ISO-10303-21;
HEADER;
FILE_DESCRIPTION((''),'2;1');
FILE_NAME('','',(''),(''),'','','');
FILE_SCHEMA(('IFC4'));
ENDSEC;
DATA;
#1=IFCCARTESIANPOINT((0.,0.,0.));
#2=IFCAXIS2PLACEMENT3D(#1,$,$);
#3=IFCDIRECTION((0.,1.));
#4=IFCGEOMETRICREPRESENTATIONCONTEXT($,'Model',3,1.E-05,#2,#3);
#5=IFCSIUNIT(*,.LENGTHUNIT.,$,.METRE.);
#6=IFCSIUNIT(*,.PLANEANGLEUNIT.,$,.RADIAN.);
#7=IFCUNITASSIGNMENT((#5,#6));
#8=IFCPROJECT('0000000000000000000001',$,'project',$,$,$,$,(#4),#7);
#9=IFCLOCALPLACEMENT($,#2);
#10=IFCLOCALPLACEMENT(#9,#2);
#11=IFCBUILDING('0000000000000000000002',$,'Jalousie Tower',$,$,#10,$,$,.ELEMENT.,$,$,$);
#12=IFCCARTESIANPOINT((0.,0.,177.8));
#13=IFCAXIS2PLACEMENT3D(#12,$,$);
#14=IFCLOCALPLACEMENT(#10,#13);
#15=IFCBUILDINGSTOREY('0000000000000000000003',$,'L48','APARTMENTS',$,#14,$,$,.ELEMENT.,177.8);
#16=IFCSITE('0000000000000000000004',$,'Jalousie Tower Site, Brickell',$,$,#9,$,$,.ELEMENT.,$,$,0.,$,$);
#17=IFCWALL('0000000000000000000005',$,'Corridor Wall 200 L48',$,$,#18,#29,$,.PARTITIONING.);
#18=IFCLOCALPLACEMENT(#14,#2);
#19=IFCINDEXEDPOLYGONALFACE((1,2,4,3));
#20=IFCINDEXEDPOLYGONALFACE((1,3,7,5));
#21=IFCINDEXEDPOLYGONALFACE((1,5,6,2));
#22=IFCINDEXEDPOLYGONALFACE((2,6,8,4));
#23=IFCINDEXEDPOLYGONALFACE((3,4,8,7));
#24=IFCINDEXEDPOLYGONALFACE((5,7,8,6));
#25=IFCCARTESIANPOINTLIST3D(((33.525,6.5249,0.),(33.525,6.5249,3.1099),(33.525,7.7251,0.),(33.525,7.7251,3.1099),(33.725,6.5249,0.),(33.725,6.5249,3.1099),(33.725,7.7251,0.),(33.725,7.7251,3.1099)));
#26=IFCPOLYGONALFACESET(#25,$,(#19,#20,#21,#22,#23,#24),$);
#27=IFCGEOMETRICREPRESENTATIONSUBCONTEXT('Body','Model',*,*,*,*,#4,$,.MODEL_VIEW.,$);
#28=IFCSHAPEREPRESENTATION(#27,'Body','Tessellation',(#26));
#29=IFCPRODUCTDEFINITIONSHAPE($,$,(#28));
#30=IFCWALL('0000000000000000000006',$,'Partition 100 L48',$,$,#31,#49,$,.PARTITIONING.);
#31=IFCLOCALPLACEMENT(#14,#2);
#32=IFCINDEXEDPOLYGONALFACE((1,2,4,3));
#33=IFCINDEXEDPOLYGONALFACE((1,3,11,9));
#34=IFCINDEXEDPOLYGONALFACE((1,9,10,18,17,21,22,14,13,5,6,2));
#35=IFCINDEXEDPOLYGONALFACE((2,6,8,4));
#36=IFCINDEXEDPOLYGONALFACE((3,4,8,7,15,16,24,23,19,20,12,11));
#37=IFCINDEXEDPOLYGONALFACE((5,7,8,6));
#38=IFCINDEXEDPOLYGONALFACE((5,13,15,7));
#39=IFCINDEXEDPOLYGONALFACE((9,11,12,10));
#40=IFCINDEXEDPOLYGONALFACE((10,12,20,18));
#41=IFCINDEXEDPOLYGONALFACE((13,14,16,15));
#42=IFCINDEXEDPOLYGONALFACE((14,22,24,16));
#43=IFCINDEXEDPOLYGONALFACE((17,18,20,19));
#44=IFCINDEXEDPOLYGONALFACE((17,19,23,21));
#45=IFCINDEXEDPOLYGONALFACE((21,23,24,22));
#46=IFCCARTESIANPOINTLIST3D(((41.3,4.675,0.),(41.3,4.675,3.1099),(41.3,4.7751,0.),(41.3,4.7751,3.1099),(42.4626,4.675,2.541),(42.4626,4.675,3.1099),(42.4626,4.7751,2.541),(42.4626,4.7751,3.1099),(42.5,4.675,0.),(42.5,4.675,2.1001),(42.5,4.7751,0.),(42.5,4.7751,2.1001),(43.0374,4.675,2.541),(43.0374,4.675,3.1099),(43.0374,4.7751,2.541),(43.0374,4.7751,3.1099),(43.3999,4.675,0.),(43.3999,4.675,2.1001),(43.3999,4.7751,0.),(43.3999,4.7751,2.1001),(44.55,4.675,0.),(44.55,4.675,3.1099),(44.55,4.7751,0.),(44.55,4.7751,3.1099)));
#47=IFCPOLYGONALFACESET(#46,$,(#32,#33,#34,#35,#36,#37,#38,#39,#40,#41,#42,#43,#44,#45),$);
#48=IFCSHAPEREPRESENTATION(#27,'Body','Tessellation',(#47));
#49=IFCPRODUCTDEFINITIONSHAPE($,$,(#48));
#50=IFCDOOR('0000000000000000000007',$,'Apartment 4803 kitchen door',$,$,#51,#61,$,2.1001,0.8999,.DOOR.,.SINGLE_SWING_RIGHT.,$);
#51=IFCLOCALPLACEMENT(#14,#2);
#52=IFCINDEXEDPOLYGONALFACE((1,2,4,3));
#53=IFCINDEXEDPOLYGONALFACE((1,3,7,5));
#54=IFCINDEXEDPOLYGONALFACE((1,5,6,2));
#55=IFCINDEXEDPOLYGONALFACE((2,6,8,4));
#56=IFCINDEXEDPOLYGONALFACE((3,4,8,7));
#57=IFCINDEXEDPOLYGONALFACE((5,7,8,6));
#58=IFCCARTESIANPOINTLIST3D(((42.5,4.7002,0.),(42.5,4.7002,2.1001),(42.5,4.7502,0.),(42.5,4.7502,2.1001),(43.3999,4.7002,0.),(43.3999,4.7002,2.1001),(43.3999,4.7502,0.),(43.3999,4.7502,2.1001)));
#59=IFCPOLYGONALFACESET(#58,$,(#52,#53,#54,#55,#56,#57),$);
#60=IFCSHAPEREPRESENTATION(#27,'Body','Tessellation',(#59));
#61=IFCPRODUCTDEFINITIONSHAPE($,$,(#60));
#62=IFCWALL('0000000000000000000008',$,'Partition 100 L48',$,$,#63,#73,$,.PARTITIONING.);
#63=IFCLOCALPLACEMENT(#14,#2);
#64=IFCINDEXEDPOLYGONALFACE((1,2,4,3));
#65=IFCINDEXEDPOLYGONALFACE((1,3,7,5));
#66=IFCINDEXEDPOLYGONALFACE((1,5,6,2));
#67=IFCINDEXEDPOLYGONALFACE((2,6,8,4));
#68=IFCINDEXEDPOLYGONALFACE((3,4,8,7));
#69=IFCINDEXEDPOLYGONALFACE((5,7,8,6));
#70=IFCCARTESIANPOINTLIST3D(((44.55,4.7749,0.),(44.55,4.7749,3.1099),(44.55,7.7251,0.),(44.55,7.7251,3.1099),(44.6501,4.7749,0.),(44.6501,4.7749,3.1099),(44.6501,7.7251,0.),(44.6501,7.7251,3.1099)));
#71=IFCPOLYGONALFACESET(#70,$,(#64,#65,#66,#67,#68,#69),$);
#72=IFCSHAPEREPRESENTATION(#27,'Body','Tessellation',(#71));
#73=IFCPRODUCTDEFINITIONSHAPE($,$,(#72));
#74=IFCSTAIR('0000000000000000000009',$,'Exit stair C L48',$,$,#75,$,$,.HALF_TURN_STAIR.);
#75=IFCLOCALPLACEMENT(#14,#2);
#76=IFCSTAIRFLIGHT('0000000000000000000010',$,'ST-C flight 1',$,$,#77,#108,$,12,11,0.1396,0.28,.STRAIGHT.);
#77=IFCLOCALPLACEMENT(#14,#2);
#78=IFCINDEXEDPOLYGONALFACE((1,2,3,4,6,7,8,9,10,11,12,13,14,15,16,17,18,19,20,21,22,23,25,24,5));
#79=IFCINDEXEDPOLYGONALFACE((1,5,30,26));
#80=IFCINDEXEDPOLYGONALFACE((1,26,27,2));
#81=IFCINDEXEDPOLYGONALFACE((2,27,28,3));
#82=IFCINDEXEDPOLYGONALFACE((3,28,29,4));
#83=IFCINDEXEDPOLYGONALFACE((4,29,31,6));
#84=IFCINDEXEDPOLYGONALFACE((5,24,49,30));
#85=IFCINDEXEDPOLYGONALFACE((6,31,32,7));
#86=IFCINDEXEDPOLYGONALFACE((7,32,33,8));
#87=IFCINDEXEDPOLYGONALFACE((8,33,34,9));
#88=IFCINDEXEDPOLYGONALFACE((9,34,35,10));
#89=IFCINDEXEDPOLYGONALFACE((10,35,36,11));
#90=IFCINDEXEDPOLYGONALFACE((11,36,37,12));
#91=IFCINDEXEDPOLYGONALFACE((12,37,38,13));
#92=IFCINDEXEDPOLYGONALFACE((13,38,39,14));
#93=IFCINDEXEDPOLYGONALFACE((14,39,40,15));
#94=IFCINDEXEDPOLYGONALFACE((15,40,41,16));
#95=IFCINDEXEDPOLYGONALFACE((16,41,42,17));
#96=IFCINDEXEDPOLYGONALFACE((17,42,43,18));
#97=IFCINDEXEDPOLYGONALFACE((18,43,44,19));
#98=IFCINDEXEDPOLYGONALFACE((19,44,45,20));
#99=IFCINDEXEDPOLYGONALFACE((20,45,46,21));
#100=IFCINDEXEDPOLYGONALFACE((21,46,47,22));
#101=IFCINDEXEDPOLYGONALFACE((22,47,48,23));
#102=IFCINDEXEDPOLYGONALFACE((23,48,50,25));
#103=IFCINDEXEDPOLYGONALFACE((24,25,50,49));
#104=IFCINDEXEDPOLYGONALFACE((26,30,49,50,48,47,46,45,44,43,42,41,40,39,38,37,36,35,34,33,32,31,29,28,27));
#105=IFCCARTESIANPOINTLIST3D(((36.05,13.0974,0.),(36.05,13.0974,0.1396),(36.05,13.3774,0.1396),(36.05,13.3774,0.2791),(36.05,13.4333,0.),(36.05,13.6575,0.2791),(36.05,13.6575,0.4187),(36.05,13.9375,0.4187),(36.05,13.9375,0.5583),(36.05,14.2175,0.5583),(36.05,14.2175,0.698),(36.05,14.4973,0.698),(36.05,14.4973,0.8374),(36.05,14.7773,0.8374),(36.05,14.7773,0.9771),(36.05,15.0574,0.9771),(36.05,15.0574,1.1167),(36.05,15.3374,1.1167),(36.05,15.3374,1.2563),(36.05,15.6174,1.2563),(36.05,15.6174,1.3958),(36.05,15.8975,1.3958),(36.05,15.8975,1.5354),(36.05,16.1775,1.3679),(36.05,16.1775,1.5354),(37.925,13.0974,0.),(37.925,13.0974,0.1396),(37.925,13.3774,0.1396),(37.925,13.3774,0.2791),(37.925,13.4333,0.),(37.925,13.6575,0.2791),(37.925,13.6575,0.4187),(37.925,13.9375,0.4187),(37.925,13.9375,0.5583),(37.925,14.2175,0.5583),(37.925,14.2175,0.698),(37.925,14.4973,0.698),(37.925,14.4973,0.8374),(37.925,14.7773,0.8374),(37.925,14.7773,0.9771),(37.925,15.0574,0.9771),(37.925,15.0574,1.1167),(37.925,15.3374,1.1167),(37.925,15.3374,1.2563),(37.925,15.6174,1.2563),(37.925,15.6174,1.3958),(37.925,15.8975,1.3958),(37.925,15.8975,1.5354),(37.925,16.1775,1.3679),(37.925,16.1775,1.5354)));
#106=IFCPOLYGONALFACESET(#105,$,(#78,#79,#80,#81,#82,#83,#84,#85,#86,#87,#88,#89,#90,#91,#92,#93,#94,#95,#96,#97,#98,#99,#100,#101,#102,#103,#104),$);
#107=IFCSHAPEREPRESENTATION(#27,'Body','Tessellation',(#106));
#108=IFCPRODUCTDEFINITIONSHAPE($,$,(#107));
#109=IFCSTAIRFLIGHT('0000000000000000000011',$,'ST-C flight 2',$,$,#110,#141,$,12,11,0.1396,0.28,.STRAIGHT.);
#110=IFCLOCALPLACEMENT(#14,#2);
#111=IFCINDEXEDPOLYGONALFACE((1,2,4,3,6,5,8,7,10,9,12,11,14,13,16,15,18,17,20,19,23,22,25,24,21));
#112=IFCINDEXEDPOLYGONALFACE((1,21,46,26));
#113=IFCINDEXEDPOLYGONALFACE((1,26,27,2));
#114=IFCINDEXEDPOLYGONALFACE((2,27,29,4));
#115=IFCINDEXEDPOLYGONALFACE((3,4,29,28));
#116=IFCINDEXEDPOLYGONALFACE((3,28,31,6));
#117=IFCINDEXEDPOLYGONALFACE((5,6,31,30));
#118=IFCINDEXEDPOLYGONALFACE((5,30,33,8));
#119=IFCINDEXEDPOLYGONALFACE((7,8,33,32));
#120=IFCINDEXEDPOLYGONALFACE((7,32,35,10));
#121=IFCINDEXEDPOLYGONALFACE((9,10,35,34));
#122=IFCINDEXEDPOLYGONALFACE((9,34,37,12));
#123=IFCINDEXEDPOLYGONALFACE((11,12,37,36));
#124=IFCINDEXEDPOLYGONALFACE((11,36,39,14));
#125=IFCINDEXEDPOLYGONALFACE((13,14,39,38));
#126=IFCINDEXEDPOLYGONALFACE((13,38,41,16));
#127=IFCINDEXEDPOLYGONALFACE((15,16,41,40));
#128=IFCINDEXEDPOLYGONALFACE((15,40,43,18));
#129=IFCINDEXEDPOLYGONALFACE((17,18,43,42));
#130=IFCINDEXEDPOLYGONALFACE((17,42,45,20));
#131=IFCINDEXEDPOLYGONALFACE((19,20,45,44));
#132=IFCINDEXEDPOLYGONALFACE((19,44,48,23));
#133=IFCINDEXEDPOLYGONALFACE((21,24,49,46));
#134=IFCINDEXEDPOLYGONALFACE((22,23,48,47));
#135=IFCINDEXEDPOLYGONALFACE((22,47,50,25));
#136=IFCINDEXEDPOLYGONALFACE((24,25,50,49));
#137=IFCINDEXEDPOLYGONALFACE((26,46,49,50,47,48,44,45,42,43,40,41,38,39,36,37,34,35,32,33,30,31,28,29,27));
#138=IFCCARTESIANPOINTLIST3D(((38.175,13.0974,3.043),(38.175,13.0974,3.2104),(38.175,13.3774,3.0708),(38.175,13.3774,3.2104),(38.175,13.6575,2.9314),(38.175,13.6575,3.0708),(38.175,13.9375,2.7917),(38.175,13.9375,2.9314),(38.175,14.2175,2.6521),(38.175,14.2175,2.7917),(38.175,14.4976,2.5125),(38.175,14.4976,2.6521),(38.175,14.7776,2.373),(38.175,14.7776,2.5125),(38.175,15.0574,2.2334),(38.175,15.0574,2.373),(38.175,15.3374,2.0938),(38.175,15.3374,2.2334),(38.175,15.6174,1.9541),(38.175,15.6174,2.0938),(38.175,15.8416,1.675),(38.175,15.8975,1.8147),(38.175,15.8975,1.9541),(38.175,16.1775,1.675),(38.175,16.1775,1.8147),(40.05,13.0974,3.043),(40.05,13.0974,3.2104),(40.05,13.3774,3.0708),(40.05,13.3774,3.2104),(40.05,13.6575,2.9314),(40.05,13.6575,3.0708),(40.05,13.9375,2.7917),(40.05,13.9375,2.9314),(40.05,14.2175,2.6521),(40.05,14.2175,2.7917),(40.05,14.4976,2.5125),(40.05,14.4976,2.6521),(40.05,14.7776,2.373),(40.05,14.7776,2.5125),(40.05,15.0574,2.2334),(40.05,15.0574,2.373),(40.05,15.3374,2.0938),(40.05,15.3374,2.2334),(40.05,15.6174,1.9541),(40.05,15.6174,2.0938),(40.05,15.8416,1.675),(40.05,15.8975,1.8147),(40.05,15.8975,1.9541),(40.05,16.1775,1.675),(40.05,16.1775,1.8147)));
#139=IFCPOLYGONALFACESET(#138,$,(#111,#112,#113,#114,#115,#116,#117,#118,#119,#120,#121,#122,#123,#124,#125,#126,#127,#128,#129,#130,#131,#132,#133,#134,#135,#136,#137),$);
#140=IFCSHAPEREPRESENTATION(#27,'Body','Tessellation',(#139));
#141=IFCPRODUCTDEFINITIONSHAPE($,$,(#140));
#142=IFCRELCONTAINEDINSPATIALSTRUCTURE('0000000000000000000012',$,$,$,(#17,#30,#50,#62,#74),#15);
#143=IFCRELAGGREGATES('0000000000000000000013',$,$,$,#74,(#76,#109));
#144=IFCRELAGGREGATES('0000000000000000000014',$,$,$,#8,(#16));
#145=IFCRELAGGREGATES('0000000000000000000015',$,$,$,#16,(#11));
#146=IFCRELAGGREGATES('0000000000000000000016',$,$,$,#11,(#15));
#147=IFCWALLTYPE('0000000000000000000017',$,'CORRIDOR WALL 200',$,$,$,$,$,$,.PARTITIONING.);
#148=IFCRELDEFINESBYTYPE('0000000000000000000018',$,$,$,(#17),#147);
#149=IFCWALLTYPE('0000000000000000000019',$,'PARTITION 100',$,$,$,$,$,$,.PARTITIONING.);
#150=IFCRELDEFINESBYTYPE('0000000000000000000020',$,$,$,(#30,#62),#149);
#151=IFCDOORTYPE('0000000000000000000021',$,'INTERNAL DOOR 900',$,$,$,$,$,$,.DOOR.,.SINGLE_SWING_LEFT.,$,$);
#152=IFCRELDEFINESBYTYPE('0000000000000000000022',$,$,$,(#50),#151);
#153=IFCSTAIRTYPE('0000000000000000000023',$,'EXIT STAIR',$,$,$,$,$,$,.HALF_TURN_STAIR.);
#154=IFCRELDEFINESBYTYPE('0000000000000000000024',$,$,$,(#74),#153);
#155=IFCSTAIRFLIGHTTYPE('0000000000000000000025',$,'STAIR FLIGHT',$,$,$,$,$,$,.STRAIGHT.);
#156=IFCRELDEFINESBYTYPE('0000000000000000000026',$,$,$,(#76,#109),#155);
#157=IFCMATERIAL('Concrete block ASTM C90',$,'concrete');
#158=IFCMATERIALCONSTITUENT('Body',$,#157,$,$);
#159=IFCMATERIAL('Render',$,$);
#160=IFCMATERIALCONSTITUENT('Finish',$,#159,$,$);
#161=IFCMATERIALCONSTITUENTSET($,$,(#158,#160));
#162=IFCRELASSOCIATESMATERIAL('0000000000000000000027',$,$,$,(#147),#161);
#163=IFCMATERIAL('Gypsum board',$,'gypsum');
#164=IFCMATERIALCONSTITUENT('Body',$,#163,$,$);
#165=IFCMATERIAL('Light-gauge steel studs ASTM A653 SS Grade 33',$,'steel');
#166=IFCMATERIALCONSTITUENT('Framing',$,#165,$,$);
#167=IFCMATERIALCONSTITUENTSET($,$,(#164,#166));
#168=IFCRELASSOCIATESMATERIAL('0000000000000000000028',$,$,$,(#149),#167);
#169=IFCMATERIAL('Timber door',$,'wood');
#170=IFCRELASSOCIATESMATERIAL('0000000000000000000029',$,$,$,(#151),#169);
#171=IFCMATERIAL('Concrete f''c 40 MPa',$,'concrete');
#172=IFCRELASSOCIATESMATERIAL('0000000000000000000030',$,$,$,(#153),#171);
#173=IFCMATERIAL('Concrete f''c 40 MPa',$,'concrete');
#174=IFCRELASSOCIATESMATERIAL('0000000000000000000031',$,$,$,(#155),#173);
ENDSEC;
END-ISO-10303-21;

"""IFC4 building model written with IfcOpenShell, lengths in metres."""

from ifc_helpers import new_model, si_unit, direction, frame, frame_2d, origin, place, context, subcontext, project, spatial, polyline, rectangle, outline, extrude, material, constituent, constituent_set, type_object, element, fill, aggregate, save


model = new_model("IFC4")

# Units and contexts
model_context = context("Model", 3, precision=1e-05, world=origin(), true_north=direction((0.0, 1.0)))
body_context = subcontext(model_context, "Body", "Model", "MODEL_VIEW")
ifc_project = project(units=[si_unit("LENGTHUNIT", "METRE"), si_unit("PLANEANGLEUNIT", "RADIAN")], contexts=[model_context])

# Site, building, storey
site_placement = place(None, origin())
site = spatial("IfcSite", under=ifc_project, at=site_placement, Name="Jalousie Tower Site, Brickell", CompositionType="ELEMENT", RefElevation=0.0)
building_placement = place(site_placement, origin())
building = spatial("IfcBuilding", under=site, at=building_placement, Name="Jalousie Tower", CompositionType="ELEMENT")
storey_placement = place(building_placement, frame((0.0, 0.0, 177.8)))
storey = spatial("IfcBuildingStorey", under=building, at=storey_placement, Name="L48", Description="APARTMENTS", CompositionType="ELEMENT", Elevation=177.8)

# Shared definitions
ifc_material_1 = material(Name="Concrete block ASTM C90", Category="concrete")
ifc_constituent_1 = constituent(ifc_material_1, Name="Body")
ifc_material_2 = material(Name="Render")
ifc_constituent_2 = constituent(ifc_material_2, Name="Finish")
ifc_constituent_set_1 = constituent_set(constituents=[ifc_constituent_1, ifc_constituent_2])
wall_type_1 = type_object("IfcWallType", Name="CORRIDOR WALL 200", PredefinedType="PARTITIONING", material=ifc_constituent_set_1)

# Wall
wall_1_placement = place(storey_placement, frame((33.625, 7.7251, 0.0), z_axis=(0.0, 0.0, 1.0), x_axis=(0.0, -1.0, 0.0)))
element("IfcWall", 1, at=wall_1_placement, inside=storey, type_object=wall_type_1, Name="Corridor Wall 200 L48", PredefinedType="PARTITIONING", context=body_context, shape_type="SweptSolid", body=[
    extrude(rectangle(XDim=1.2002, YDim=0.2, at=frame_2d((0.6001, 0.0))), origin(), (0.0, 0.0, 1.0), 3.1099),
])

# Wall, opening, door
ifc_material_3 = material(Name="Gypsum board", Category="gypsum")
ifc_constituent_3 = constituent(ifc_material_3, Name="Body")
ifc_material_4 = material(Name="Light-gauge steel studs ASTM A653 SS Grade 33", Category="steel")
ifc_constituent_4 = constituent(ifc_material_4, Name="Framing")
ifc_constituent_set_2 = constituent_set(constituents=[ifc_constituent_3, ifc_constituent_4])
wall_type_2 = type_object("IfcWallType", Name="PARTITION 100", PredefinedType="PARTITIONING", material=ifc_constituent_set_2)
wall_2_placement = place(storey_placement, frame((41.3, 4.7251, 0.0), z_axis=(0.0, 0.0, 1.0), x_axis=(1.0, 0.0, 0.0)))
wall_2 = element("IfcWall", 2, at=wall_2_placement, inside=storey, type_object=wall_type_2, Name="Partition 100 L48", PredefinedType="PARTITIONING", context=body_context, shape_type="SweptSolid", body=[
    extrude(outline(polyline([(0.0, 0.0), (3.25, 0.0), (3.25, 3.1099), (1.7373, 3.1099), (1.7373, 2.541), (1.1626, 2.541), (1.1626, 3.1099), (0.0, 3.1099), (0.0, 0.0)])), frame((0.0, 0.05, 0.0), z_axis=(0.0, -1.0, 0.0), x_axis=(1.0, 0.0, 0.0)), (0.0, 0.0, 1.0), 0.1001),
])
opening_1_placement = place(wall_2_placement, frame((1.2, 0.0, 0.0)))
opening_1 = element("IfcOpeningElement", 3, at=opening_1_placement, cuts=wall_2, PredefinedType="OPENING", context=body_context, shape_type="SweptSolid", body=[
    extrude(rectangle(XDim=0.8999, YDim=2.1001, at=frame_2d((0.45, 1.05))), frame((0.0, 0.0601, 0.0), z_axis=(0.0, -1.0, 0.0), x_axis=(1.0, 0.0, 0.0)), (0.0, 0.0, 1.0), 0.1201),
])
ifc_material_5 = material(Name="Timber door", Category="wood")
door_type_1 = type_object("IfcDoorType", Name="INTERNAL DOOR 900", OperationType="SINGLE_SWING_LEFT", PredefinedType="DOOR", material=ifc_material_5)
door_1_placement = place(opening_1_placement, frame((0.8999, 0.0, 0.0), z_axis=(0.0, 0.0, 1.0), x_axis=(-1.0, 0.0, 0.0)))
door_1 = element("IfcDoor", 4, at=door_1_placement, inside=storey, type_object=door_type_1, Name="Apartment 4803 kitchen door", OperationType="SINGLE_SWING_RIGHT", OverallHeight=2.1001, OverallWidth=0.8999, PredefinedType="DOOR", context=body_context, shape_type="SweptSolid", body=[
    extrude(rectangle(XDim=0.8999, YDim=2.1001, at=frame_2d((0.45, 1.05))), frame((0.0, 0.0249, 0.0), z_axis=(0.0, -1.0, 0.0), x_axis=(1.0, 0.0, 0.0)), (0.0, 0.0, 1.0), 0.05),
])
fill(opening_1, door_1)

# Wall
wall_3_placement = place(storey_placement, frame((44.6001, 4.7749, 0.0), z_axis=(0.0, 0.0, 1.0), x_axis=(0.0, 1.0, 0.0)))
element("IfcWall", 5, at=wall_3_placement, inside=storey, type_object=wall_type_2, Name="Partition 100 L48", PredefinedType="PARTITIONING", context=body_context, shape_type="SweptSolid", body=[
    extrude(rectangle(XDim=2.9502, YDim=0.1001, at=frame_2d((1.4751, 0.0))), origin(), (0.0, 0.0, 1.0), 3.1099),
])

# Stair, stair flights
ifc_material_6 = material(Name="Concrete f'c 40 MPa", Category="concrete")
stair_type = type_object("IfcStairType", Name="EXIT STAIR", PredefinedType="HALF_TURN_STAIR", material=ifc_material_6)
stair_placement = place(storey_placement, origin())
stair = element("IfcStair", 6, at=stair_placement, inside=storey, type_object=stair_type, Name="Exit stair C L48", PredefinedType="HALF_TURN_STAIR")
ifc_material_7 = material(Name="Concrete f'c 40 MPa", Category="concrete")
stair_flight_type = type_object("IfcStairFlightType", Name="STAIR FLIGHT", PredefinedType="STRAIGHT", material=ifc_material_7)
stair_flight_1_placement = place(storey_placement, frame((36.9875, 13.0974, 0.0), z_axis=(0.0, 0.0, 1.0), x_axis=(0.0, 1.0, 0.0)))
stair_flight_1 = element("IfcStairFlight", 7, at=stair_flight_1_placement, type_object=stair_flight_type, Name="ST-C flight 1", NumberOfRisers=12, NumberOfTreads=11, PredefinedType="STRAIGHT", RiserHeight=0.1396, TreadLength=0.28, context=body_context, shape_type="SweptSolid", body=[
    extrude(outline(polyline([(0.0, 0.0), (0.0, 0.1396), (0.28, 0.1396), (0.28, 0.2791), (0.5601, 0.2791), (0.5601, 0.4187), (0.8401, 0.4187), (0.8401, 0.5583), (1.1201, 0.5583), (1.1201, 0.698), (1.3999, 0.698), (1.3999, 0.8374), (1.6799, 0.8374), (1.6799, 0.9771), (1.96, 0.9771), (1.96, 1.1167), (2.24, 1.1167), (2.24, 1.2563), (2.52, 1.2563), (2.52, 1.3958), (2.8, 1.3958), (2.8, 1.5354), (3.0801, 1.5354), (3.0801, 1.675), (3.0801, 1.3679), (0.3359, 0.0), (0.0, 0.0)])), frame((0.0, 0.9375, 0.0), z_axis=(0.0, -1.0, 0.0), x_axis=(1.0, 0.0, 0.0)), (0.0, 0.0, 1.0), 1.875),
])
stair_flight_2_placement = place(storey_placement, frame((39.1125, 16.1775, 1.675), z_axis=(0.0, 0.0, 1.0), x_axis=(0.0, -1.0, 0.0)))
stair_flight_2 = element("IfcStairFlight", 8, at=stair_flight_2_placement, type_object=stair_flight_type, Name="ST-C flight 2", NumberOfRisers=12, NumberOfTreads=11, PredefinedType="STRAIGHT", RiserHeight=0.1396, TreadLength=0.28, context=body_context, shape_type="SweptSolid", body=[
    extrude(outline(polyline([(0.0, 0.0), (0.0, 0.1396), (0.28, 0.1396), (0.28, 0.2791), (0.5601, 0.2791), (0.5601, 0.4187), (0.8401, 0.4187), (0.8401, 0.5583), (1.1201, 0.5583), (1.1201, 0.698), (1.3999, 0.698), (1.3999, 0.8374), (1.6799, 0.8374), (1.6799, 0.9771), (1.96, 0.9771), (1.96, 1.1167), (2.24, 1.1167), (2.24, 1.2563), (2.52, 1.2563), (2.52, 1.3958), (2.8, 1.3958), (2.8, 1.5354), (3.0801, 1.5354), (3.0801, 1.675), (3.0801, 1.3679), (0.3359, 0.0), (0.0, 0.0)])), frame((0.0, 0.9375, 0.0), z_axis=(0.0, -1.0, 0.0), x_axis=(1.0, 0.0, 0.0)), (0.0, 0.0, 1.0), 1.875),
])
aggregate(stair, [stair_flight_1, stair_flight_2])

save(model, "model.ifc")
